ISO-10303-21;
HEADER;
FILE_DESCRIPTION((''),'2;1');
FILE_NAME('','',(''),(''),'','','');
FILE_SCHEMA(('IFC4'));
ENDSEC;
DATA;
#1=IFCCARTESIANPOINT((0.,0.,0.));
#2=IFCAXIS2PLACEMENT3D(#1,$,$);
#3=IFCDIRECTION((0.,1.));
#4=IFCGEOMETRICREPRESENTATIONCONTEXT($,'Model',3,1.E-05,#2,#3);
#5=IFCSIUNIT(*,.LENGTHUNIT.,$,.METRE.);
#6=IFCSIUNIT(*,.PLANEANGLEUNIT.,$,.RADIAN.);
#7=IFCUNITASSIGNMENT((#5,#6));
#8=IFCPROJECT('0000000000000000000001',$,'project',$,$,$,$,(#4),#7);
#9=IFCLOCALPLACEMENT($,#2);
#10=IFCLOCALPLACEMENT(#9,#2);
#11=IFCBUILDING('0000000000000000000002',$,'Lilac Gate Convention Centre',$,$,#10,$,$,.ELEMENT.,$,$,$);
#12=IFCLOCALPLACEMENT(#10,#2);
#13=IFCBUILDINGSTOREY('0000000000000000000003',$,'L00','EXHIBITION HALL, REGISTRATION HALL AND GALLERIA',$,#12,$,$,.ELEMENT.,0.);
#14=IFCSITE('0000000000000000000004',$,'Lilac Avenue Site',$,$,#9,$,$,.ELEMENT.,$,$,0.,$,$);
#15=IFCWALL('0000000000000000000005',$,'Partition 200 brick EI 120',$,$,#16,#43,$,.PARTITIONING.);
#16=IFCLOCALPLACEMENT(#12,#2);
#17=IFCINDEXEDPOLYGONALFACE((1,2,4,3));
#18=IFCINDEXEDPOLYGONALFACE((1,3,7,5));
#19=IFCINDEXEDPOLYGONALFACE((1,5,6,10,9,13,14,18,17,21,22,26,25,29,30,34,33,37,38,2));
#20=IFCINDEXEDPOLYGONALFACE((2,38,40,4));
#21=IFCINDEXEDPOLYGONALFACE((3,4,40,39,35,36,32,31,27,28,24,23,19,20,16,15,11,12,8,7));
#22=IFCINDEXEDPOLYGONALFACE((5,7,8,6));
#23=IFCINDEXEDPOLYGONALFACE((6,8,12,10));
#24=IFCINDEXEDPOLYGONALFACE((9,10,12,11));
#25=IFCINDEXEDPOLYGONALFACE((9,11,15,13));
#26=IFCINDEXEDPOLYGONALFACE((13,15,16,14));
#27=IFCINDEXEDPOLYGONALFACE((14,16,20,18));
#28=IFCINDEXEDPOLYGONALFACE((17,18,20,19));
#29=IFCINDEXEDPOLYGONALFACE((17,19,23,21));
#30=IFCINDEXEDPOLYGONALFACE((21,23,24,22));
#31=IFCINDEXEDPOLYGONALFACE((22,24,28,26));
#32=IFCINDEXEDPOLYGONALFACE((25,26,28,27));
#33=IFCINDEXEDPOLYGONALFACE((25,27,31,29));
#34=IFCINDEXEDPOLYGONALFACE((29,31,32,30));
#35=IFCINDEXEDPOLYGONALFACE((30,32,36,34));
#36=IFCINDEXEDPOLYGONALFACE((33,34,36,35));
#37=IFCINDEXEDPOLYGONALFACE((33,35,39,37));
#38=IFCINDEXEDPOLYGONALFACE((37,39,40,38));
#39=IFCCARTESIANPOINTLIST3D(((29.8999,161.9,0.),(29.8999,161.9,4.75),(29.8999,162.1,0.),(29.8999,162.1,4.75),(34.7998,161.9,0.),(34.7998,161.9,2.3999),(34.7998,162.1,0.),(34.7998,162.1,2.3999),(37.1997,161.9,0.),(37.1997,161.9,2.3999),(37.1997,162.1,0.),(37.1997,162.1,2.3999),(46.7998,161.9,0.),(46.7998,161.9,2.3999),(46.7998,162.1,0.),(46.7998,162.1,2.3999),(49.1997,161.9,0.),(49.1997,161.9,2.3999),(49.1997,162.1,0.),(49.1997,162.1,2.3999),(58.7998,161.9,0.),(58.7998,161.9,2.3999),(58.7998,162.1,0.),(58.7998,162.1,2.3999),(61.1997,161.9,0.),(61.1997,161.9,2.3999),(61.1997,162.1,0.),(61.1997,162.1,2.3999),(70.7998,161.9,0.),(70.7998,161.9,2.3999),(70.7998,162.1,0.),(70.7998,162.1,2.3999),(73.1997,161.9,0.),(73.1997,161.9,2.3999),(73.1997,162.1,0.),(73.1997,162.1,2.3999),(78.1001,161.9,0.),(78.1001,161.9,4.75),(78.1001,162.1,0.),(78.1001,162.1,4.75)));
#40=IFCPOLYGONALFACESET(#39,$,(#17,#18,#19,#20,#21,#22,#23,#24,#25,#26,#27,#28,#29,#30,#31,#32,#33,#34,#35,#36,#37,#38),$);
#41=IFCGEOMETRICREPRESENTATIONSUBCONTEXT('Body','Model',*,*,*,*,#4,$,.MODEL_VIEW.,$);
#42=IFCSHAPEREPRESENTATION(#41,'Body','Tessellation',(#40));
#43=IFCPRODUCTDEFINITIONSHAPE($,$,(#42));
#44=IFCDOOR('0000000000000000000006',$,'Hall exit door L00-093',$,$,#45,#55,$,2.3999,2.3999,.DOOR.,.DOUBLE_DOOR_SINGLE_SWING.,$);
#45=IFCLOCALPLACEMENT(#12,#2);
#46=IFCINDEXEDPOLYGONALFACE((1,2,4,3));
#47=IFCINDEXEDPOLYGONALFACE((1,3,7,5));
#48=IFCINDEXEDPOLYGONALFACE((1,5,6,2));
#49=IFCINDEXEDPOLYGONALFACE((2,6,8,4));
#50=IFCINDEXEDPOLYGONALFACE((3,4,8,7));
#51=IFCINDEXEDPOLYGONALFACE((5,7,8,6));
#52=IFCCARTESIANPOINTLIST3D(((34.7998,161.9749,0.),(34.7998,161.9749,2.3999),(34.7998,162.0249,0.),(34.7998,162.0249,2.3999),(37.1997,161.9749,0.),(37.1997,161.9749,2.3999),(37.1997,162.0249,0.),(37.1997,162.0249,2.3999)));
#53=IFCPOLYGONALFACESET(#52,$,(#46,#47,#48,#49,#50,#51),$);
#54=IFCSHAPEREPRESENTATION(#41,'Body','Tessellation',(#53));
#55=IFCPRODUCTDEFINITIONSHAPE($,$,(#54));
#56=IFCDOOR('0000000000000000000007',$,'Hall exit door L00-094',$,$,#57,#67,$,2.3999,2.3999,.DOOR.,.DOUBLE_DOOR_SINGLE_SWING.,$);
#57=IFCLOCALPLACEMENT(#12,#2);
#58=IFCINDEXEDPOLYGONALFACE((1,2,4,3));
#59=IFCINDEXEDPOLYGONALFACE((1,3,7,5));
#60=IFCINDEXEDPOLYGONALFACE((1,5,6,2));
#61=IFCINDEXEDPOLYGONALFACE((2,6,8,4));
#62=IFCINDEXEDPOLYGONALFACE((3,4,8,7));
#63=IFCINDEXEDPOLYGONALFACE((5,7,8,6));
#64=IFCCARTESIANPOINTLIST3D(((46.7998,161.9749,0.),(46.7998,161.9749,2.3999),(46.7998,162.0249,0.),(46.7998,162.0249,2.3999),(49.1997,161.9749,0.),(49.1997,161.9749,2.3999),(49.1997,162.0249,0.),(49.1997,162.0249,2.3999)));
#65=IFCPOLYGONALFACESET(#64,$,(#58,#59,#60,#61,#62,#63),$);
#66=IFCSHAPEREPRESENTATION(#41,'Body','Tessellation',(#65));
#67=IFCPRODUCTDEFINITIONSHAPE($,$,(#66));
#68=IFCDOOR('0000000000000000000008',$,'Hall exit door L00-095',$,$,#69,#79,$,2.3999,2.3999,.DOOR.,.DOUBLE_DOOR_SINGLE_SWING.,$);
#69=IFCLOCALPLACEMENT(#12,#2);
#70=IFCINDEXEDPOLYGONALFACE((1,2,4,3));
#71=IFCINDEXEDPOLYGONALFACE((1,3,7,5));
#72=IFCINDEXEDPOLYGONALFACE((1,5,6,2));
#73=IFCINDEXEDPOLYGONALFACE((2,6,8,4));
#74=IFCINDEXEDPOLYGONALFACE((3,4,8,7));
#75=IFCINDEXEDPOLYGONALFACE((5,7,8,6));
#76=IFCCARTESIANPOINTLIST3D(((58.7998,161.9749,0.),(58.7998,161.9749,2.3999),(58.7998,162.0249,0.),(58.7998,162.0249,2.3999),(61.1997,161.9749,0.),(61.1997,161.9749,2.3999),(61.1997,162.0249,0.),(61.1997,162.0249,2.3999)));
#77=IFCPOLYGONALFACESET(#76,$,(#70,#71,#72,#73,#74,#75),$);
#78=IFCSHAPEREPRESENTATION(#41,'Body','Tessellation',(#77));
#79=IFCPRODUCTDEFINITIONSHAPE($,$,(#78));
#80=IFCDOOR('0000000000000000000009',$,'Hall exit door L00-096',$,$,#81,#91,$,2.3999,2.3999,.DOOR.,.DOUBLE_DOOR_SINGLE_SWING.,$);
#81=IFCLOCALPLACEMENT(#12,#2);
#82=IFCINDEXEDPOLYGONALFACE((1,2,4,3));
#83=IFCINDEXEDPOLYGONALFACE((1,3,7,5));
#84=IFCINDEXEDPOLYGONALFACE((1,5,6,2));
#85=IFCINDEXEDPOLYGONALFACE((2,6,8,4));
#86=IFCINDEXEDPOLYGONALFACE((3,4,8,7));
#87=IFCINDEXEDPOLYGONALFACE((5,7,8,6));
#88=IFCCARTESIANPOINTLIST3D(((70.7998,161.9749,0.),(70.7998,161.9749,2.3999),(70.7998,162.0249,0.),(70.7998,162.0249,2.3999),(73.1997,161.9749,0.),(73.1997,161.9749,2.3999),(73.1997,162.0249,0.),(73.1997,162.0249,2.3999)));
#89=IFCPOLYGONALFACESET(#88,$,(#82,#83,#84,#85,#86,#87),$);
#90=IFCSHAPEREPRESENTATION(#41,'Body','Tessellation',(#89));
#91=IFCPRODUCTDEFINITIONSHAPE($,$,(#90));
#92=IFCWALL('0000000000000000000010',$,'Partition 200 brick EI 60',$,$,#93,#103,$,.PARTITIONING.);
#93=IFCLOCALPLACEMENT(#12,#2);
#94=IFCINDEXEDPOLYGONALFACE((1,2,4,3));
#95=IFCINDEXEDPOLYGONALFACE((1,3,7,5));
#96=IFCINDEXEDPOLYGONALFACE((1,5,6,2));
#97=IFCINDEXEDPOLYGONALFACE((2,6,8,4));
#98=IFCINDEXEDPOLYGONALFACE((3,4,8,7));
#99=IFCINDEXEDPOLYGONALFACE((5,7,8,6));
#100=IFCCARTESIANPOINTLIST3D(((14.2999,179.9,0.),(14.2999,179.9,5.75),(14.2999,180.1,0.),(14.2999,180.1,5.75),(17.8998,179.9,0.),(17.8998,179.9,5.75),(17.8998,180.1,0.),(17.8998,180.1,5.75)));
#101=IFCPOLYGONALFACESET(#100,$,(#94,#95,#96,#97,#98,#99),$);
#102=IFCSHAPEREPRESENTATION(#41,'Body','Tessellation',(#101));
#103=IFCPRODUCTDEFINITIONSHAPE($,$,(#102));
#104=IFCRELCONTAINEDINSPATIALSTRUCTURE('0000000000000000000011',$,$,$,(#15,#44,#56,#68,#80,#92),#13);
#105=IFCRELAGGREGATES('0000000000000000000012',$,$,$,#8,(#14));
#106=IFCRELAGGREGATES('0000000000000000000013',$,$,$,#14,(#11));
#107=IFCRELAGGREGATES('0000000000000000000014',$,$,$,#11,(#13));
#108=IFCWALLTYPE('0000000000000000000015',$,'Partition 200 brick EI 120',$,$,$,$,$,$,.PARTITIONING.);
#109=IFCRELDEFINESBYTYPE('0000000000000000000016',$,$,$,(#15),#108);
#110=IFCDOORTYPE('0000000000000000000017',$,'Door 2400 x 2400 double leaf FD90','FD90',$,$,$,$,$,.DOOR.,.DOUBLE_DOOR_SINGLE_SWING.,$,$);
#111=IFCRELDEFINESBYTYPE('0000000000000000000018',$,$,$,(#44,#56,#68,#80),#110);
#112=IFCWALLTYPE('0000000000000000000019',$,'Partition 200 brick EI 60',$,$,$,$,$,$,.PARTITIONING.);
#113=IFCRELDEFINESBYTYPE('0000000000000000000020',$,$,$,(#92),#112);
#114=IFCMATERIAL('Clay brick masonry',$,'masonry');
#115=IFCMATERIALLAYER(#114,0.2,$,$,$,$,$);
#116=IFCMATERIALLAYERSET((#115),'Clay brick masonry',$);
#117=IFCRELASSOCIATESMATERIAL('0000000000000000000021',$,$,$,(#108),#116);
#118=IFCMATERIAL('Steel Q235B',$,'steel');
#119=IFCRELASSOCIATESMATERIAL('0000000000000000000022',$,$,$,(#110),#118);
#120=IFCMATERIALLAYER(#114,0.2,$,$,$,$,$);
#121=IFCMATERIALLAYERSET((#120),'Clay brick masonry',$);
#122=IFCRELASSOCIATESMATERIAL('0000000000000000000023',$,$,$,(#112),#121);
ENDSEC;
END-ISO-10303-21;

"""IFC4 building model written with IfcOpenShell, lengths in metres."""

from ifc_helpers import new_model, si_unit, direction, frame, frame_2d, origin, place, context, subcontext, project, spatial, rectangle, extrude, material, layer, layer_set, type_object, element, fill, save


model = new_model("IFC4")

# Units and contexts
model_context = context("Model", 3, precision=1e-05, world=origin(), true_north=direction((0.0, 1.0)))
body_context = subcontext(model_context, "Body", "Model", "MODEL_VIEW")
ifc_project = project(units=[si_unit("LENGTHUNIT", "METRE"), si_unit("PLANEANGLEUNIT", "RADIAN")], contexts=[model_context])

# Site, building, storey
site_placement = place(None, origin())
site = spatial("IfcSite", under=ifc_project, at=site_placement, Name="Lilac Avenue Site", CompositionType="ELEMENT", RefElevation=0.0)
building_placement = place(site_placement, origin())
building = spatial("IfcBuilding", under=site, at=building_placement, Name="Lilac Gate Convention Centre", CompositionType="ELEMENT")
storey_placement = place(building_placement, origin())
storey = spatial("IfcBuildingStorey", under=building, at=storey_placement, Name="L00", Description="EXHIBITION HALL, REGISTRATION HALL AND GALLERIA", CompositionType="ELEMENT", Elevation=0.0)

# Wall, openings, doors
ifc_material_1 = material(Name="Clay brick masonry", Category="masonry")
ifc_layer_1 = layer(ifc_material_1, 0.2)
ifc_layer_set_1 = layer_set([ifc_layer_1], Name="Clay brick masonry")
wall_type_1 = type_object("IfcWallType", Name="Partition 200 brick EI 120", PredefinedType="PARTITIONING", material=ifc_layer_set_1)
wall_1_placement = place(storey_placement, frame((29.8999, 162.0, 0.0), z_axis=(0.0, 0.0, 1.0), x_axis=(1.0, 0.0, 0.0)))
wall_1 = element("IfcWall", 1, at=wall_1_placement, inside=storey, type_object=wall_type_1, Name="Partition 200 brick EI 120", PredefinedType="PARTITIONING", context=body_context, shape_type="SweptSolid", body=[
    extrude(rectangle(XDim=48.2002, YDim=0.2, at=frame_2d((24.1001, 0.0))), origin(), (0.0, 0.0, 1.0), 4.75),
])
opening_1_placement = place(wall_1_placement, frame((4.8999, 0.0, 0.0)))
opening_1 = element("IfcOpeningElement", 2, at=opening_1_placement, cuts=wall_1, PredefinedType="OPENING", context=body_context, shape_type="SweptSolid", body=[
    extrude(rectangle(XDim=2.3999, YDim=2.3999, at=frame_2d((1.2, 1.2))), frame((0.0, 0.1099, 0.0), z_axis=(0.0, -1.0, 0.0), x_axis=(1.0, 0.0, 0.0)), (0.0, 0.0, 1.0), 0.22),
])
opening_2_placement = place(wall_1_placement, frame((16.8999, 0.0, 0.0)))
opening_2 = element("IfcOpeningElement", 3, at=opening_2_placement, cuts=wall_1, PredefinedType="OPENING", context=body_context, shape_type="SweptSolid", body=[
    extrude(rectangle(XDim=2.3999, YDim=2.3999, at=frame_2d((1.2, 1.2))), frame((0.0, 0.1099, 0.0), z_axis=(0.0, -1.0, 0.0), x_axis=(1.0, 0.0, 0.0)), (0.0, 0.0, 1.0), 0.22),
])
opening_3_placement = place(wall_1_placement, frame((28.8999, 0.0, 0.0)))
opening_3 = element("IfcOpeningElement", 4, at=opening_3_placement, cuts=wall_1, PredefinedType="OPENING", context=body_context, shape_type="SweptSolid", body=[
    extrude(rectangle(XDim=2.3999, YDim=2.3999, at=frame_2d((1.2, 1.2))), frame((0.0, 0.1099, 0.0), z_axis=(0.0, -1.0, 0.0), x_axis=(1.0, 0.0, 0.0)), (0.0, 0.0, 1.0), 0.22),
])
opening_4_placement = place(wall_1_placement, frame((40.8999, 0.0, 0.0)))
opening_4 = element("IfcOpeningElement", 5, at=opening_4_placement, cuts=wall_1, PredefinedType="OPENING", context=body_context, shape_type="SweptSolid", body=[
    extrude(rectangle(XDim=2.3999, YDim=2.3999, at=frame_2d((1.2, 1.2))), frame((0.0, 0.1099, 0.0), z_axis=(0.0, -1.0, 0.0), x_axis=(1.0, 0.0, 0.0)), (0.0, 0.0, 1.0), 0.22),
])
ifc_material_2 = material(Name="Steel Q235B", Category="steel")
door_type_1 = type_object("IfcDoorType", Name="Door 2400 x 2400 double leaf FD90", Description="FD90", OperationType="DOUBLE_DOOR_SINGLE_SWING", PredefinedType="DOOR", material=ifc_material_2)
door_1_placement = place(opening_1_placement, origin())
door_1 = element("IfcDoor", 6, at=door_1_placement, inside=storey, type_object=door_type_1, Name="Hall exit door L00-093", OperationType="DOUBLE_DOOR_SINGLE_SWING", OverallHeight=2.3999, OverallWidth=2.3999, PredefinedType="DOOR", context=body_context, shape_type="SweptSolid", body=[
    extrude(rectangle(XDim=2.3999, YDim=2.3999, at=frame_2d((1.2, 1.2))), frame((0.0, 0.0249, 0.0), z_axis=(0.0, -1.0, 0.0), x_axis=(1.0, 0.0, 0.0)), (0.0, 0.0, 1.0), 0.05),
])
fill(opening_1, door_1)
door_2_placement = place(opening_2_placement, origin())
door_2 = element("IfcDoor", 7, at=door_2_placement, inside=storey, type_object=door_type_1, Name="Hall exit door L00-094", OperationType="DOUBLE_DOOR_SINGLE_SWING", OverallHeight=2.3999, OverallWidth=2.3999, PredefinedType="DOOR", context=body_context, shape_type="SweptSolid", body=[
    extrude(rectangle(XDim=2.3999, YDim=2.3999, at=frame_2d((1.2, 1.2))), frame((0.0, 0.0249, 0.0), z_axis=(0.0, -1.0, 0.0), x_axis=(1.0, 0.0, 0.0)), (0.0, 0.0, 1.0), 0.05),
])
fill(opening_2, door_2)
door_3_placement = place(opening_3_placement, origin())
door_3 = element("IfcDoor", 8, at=door_3_placement, inside=storey, type_object=door_type_1, Name="Hall exit door L00-095", OperationType="DOUBLE_DOOR_SINGLE_SWING", OverallHeight=2.3999, OverallWidth=2.3999, PredefinedType="DOOR", context=body_context, shape_type="SweptSolid", body=[
    extrude(rectangle(XDim=2.3999, YDim=2.3999, at=frame_2d((1.2, 1.2))), frame((0.0, 0.0249, 0.0), z_axis=(0.0, -1.0, 0.0), x_axis=(1.0, 0.0, 0.0)), (0.0, 0.0, 1.0), 0.05),
])
fill(opening_3, door_3)
door_4_placement = place(opening_4_placement, origin())
door_4 = element("IfcDoor", 9, at=door_4_placement, inside=storey, type_object=door_type_1, Name="Hall exit door L00-096", OperationType="DOUBLE_DOOR_SINGLE_SWING", OverallHeight=2.3999, OverallWidth=2.3999, PredefinedType="DOOR", context=body_context, shape_type="SweptSolid", body=[
    extrude(rectangle(XDim=2.3999, YDim=2.3999, at=frame_2d((1.2, 1.2))), frame((0.0, 0.0249, 0.0), z_axis=(0.0, -1.0, 0.0), x_axis=(1.0, 0.0, 0.0)), (0.0, 0.0, 1.0), 0.05),
])
fill(opening_4, door_4)

# Wall
ifc_layer_2 = layer(ifc_material_1, 0.2)
ifc_layer_set_2 = layer_set([ifc_layer_2], Name="Clay brick masonry")
wall_type_2 = type_object("IfcWallType", Name="Partition 200 brick EI 60", PredefinedType="PARTITIONING", material=ifc_layer_set_2)
wall_2_placement = place(storey_placement, frame((14.3, 180.0, 0.0), z_axis=(0.0, 0.0, 1.0), x_axis=(1.0, 0.0, 0.0)))
element("IfcWall", 10, at=wall_2_placement, inside=storey, type_object=wall_type_2, Name="Partition 200 brick EI 60", PredefinedType="PARTITIONING", context=body_context, shape_type="SweptSolid", body=[
    extrude(rectangle(XDim=3.5999, YDim=0.2, at=frame_2d((1.7998, 0.0))), origin(), (0.0, 0.0, 1.0), 5.75),
])

save(model, "model.ifc")
